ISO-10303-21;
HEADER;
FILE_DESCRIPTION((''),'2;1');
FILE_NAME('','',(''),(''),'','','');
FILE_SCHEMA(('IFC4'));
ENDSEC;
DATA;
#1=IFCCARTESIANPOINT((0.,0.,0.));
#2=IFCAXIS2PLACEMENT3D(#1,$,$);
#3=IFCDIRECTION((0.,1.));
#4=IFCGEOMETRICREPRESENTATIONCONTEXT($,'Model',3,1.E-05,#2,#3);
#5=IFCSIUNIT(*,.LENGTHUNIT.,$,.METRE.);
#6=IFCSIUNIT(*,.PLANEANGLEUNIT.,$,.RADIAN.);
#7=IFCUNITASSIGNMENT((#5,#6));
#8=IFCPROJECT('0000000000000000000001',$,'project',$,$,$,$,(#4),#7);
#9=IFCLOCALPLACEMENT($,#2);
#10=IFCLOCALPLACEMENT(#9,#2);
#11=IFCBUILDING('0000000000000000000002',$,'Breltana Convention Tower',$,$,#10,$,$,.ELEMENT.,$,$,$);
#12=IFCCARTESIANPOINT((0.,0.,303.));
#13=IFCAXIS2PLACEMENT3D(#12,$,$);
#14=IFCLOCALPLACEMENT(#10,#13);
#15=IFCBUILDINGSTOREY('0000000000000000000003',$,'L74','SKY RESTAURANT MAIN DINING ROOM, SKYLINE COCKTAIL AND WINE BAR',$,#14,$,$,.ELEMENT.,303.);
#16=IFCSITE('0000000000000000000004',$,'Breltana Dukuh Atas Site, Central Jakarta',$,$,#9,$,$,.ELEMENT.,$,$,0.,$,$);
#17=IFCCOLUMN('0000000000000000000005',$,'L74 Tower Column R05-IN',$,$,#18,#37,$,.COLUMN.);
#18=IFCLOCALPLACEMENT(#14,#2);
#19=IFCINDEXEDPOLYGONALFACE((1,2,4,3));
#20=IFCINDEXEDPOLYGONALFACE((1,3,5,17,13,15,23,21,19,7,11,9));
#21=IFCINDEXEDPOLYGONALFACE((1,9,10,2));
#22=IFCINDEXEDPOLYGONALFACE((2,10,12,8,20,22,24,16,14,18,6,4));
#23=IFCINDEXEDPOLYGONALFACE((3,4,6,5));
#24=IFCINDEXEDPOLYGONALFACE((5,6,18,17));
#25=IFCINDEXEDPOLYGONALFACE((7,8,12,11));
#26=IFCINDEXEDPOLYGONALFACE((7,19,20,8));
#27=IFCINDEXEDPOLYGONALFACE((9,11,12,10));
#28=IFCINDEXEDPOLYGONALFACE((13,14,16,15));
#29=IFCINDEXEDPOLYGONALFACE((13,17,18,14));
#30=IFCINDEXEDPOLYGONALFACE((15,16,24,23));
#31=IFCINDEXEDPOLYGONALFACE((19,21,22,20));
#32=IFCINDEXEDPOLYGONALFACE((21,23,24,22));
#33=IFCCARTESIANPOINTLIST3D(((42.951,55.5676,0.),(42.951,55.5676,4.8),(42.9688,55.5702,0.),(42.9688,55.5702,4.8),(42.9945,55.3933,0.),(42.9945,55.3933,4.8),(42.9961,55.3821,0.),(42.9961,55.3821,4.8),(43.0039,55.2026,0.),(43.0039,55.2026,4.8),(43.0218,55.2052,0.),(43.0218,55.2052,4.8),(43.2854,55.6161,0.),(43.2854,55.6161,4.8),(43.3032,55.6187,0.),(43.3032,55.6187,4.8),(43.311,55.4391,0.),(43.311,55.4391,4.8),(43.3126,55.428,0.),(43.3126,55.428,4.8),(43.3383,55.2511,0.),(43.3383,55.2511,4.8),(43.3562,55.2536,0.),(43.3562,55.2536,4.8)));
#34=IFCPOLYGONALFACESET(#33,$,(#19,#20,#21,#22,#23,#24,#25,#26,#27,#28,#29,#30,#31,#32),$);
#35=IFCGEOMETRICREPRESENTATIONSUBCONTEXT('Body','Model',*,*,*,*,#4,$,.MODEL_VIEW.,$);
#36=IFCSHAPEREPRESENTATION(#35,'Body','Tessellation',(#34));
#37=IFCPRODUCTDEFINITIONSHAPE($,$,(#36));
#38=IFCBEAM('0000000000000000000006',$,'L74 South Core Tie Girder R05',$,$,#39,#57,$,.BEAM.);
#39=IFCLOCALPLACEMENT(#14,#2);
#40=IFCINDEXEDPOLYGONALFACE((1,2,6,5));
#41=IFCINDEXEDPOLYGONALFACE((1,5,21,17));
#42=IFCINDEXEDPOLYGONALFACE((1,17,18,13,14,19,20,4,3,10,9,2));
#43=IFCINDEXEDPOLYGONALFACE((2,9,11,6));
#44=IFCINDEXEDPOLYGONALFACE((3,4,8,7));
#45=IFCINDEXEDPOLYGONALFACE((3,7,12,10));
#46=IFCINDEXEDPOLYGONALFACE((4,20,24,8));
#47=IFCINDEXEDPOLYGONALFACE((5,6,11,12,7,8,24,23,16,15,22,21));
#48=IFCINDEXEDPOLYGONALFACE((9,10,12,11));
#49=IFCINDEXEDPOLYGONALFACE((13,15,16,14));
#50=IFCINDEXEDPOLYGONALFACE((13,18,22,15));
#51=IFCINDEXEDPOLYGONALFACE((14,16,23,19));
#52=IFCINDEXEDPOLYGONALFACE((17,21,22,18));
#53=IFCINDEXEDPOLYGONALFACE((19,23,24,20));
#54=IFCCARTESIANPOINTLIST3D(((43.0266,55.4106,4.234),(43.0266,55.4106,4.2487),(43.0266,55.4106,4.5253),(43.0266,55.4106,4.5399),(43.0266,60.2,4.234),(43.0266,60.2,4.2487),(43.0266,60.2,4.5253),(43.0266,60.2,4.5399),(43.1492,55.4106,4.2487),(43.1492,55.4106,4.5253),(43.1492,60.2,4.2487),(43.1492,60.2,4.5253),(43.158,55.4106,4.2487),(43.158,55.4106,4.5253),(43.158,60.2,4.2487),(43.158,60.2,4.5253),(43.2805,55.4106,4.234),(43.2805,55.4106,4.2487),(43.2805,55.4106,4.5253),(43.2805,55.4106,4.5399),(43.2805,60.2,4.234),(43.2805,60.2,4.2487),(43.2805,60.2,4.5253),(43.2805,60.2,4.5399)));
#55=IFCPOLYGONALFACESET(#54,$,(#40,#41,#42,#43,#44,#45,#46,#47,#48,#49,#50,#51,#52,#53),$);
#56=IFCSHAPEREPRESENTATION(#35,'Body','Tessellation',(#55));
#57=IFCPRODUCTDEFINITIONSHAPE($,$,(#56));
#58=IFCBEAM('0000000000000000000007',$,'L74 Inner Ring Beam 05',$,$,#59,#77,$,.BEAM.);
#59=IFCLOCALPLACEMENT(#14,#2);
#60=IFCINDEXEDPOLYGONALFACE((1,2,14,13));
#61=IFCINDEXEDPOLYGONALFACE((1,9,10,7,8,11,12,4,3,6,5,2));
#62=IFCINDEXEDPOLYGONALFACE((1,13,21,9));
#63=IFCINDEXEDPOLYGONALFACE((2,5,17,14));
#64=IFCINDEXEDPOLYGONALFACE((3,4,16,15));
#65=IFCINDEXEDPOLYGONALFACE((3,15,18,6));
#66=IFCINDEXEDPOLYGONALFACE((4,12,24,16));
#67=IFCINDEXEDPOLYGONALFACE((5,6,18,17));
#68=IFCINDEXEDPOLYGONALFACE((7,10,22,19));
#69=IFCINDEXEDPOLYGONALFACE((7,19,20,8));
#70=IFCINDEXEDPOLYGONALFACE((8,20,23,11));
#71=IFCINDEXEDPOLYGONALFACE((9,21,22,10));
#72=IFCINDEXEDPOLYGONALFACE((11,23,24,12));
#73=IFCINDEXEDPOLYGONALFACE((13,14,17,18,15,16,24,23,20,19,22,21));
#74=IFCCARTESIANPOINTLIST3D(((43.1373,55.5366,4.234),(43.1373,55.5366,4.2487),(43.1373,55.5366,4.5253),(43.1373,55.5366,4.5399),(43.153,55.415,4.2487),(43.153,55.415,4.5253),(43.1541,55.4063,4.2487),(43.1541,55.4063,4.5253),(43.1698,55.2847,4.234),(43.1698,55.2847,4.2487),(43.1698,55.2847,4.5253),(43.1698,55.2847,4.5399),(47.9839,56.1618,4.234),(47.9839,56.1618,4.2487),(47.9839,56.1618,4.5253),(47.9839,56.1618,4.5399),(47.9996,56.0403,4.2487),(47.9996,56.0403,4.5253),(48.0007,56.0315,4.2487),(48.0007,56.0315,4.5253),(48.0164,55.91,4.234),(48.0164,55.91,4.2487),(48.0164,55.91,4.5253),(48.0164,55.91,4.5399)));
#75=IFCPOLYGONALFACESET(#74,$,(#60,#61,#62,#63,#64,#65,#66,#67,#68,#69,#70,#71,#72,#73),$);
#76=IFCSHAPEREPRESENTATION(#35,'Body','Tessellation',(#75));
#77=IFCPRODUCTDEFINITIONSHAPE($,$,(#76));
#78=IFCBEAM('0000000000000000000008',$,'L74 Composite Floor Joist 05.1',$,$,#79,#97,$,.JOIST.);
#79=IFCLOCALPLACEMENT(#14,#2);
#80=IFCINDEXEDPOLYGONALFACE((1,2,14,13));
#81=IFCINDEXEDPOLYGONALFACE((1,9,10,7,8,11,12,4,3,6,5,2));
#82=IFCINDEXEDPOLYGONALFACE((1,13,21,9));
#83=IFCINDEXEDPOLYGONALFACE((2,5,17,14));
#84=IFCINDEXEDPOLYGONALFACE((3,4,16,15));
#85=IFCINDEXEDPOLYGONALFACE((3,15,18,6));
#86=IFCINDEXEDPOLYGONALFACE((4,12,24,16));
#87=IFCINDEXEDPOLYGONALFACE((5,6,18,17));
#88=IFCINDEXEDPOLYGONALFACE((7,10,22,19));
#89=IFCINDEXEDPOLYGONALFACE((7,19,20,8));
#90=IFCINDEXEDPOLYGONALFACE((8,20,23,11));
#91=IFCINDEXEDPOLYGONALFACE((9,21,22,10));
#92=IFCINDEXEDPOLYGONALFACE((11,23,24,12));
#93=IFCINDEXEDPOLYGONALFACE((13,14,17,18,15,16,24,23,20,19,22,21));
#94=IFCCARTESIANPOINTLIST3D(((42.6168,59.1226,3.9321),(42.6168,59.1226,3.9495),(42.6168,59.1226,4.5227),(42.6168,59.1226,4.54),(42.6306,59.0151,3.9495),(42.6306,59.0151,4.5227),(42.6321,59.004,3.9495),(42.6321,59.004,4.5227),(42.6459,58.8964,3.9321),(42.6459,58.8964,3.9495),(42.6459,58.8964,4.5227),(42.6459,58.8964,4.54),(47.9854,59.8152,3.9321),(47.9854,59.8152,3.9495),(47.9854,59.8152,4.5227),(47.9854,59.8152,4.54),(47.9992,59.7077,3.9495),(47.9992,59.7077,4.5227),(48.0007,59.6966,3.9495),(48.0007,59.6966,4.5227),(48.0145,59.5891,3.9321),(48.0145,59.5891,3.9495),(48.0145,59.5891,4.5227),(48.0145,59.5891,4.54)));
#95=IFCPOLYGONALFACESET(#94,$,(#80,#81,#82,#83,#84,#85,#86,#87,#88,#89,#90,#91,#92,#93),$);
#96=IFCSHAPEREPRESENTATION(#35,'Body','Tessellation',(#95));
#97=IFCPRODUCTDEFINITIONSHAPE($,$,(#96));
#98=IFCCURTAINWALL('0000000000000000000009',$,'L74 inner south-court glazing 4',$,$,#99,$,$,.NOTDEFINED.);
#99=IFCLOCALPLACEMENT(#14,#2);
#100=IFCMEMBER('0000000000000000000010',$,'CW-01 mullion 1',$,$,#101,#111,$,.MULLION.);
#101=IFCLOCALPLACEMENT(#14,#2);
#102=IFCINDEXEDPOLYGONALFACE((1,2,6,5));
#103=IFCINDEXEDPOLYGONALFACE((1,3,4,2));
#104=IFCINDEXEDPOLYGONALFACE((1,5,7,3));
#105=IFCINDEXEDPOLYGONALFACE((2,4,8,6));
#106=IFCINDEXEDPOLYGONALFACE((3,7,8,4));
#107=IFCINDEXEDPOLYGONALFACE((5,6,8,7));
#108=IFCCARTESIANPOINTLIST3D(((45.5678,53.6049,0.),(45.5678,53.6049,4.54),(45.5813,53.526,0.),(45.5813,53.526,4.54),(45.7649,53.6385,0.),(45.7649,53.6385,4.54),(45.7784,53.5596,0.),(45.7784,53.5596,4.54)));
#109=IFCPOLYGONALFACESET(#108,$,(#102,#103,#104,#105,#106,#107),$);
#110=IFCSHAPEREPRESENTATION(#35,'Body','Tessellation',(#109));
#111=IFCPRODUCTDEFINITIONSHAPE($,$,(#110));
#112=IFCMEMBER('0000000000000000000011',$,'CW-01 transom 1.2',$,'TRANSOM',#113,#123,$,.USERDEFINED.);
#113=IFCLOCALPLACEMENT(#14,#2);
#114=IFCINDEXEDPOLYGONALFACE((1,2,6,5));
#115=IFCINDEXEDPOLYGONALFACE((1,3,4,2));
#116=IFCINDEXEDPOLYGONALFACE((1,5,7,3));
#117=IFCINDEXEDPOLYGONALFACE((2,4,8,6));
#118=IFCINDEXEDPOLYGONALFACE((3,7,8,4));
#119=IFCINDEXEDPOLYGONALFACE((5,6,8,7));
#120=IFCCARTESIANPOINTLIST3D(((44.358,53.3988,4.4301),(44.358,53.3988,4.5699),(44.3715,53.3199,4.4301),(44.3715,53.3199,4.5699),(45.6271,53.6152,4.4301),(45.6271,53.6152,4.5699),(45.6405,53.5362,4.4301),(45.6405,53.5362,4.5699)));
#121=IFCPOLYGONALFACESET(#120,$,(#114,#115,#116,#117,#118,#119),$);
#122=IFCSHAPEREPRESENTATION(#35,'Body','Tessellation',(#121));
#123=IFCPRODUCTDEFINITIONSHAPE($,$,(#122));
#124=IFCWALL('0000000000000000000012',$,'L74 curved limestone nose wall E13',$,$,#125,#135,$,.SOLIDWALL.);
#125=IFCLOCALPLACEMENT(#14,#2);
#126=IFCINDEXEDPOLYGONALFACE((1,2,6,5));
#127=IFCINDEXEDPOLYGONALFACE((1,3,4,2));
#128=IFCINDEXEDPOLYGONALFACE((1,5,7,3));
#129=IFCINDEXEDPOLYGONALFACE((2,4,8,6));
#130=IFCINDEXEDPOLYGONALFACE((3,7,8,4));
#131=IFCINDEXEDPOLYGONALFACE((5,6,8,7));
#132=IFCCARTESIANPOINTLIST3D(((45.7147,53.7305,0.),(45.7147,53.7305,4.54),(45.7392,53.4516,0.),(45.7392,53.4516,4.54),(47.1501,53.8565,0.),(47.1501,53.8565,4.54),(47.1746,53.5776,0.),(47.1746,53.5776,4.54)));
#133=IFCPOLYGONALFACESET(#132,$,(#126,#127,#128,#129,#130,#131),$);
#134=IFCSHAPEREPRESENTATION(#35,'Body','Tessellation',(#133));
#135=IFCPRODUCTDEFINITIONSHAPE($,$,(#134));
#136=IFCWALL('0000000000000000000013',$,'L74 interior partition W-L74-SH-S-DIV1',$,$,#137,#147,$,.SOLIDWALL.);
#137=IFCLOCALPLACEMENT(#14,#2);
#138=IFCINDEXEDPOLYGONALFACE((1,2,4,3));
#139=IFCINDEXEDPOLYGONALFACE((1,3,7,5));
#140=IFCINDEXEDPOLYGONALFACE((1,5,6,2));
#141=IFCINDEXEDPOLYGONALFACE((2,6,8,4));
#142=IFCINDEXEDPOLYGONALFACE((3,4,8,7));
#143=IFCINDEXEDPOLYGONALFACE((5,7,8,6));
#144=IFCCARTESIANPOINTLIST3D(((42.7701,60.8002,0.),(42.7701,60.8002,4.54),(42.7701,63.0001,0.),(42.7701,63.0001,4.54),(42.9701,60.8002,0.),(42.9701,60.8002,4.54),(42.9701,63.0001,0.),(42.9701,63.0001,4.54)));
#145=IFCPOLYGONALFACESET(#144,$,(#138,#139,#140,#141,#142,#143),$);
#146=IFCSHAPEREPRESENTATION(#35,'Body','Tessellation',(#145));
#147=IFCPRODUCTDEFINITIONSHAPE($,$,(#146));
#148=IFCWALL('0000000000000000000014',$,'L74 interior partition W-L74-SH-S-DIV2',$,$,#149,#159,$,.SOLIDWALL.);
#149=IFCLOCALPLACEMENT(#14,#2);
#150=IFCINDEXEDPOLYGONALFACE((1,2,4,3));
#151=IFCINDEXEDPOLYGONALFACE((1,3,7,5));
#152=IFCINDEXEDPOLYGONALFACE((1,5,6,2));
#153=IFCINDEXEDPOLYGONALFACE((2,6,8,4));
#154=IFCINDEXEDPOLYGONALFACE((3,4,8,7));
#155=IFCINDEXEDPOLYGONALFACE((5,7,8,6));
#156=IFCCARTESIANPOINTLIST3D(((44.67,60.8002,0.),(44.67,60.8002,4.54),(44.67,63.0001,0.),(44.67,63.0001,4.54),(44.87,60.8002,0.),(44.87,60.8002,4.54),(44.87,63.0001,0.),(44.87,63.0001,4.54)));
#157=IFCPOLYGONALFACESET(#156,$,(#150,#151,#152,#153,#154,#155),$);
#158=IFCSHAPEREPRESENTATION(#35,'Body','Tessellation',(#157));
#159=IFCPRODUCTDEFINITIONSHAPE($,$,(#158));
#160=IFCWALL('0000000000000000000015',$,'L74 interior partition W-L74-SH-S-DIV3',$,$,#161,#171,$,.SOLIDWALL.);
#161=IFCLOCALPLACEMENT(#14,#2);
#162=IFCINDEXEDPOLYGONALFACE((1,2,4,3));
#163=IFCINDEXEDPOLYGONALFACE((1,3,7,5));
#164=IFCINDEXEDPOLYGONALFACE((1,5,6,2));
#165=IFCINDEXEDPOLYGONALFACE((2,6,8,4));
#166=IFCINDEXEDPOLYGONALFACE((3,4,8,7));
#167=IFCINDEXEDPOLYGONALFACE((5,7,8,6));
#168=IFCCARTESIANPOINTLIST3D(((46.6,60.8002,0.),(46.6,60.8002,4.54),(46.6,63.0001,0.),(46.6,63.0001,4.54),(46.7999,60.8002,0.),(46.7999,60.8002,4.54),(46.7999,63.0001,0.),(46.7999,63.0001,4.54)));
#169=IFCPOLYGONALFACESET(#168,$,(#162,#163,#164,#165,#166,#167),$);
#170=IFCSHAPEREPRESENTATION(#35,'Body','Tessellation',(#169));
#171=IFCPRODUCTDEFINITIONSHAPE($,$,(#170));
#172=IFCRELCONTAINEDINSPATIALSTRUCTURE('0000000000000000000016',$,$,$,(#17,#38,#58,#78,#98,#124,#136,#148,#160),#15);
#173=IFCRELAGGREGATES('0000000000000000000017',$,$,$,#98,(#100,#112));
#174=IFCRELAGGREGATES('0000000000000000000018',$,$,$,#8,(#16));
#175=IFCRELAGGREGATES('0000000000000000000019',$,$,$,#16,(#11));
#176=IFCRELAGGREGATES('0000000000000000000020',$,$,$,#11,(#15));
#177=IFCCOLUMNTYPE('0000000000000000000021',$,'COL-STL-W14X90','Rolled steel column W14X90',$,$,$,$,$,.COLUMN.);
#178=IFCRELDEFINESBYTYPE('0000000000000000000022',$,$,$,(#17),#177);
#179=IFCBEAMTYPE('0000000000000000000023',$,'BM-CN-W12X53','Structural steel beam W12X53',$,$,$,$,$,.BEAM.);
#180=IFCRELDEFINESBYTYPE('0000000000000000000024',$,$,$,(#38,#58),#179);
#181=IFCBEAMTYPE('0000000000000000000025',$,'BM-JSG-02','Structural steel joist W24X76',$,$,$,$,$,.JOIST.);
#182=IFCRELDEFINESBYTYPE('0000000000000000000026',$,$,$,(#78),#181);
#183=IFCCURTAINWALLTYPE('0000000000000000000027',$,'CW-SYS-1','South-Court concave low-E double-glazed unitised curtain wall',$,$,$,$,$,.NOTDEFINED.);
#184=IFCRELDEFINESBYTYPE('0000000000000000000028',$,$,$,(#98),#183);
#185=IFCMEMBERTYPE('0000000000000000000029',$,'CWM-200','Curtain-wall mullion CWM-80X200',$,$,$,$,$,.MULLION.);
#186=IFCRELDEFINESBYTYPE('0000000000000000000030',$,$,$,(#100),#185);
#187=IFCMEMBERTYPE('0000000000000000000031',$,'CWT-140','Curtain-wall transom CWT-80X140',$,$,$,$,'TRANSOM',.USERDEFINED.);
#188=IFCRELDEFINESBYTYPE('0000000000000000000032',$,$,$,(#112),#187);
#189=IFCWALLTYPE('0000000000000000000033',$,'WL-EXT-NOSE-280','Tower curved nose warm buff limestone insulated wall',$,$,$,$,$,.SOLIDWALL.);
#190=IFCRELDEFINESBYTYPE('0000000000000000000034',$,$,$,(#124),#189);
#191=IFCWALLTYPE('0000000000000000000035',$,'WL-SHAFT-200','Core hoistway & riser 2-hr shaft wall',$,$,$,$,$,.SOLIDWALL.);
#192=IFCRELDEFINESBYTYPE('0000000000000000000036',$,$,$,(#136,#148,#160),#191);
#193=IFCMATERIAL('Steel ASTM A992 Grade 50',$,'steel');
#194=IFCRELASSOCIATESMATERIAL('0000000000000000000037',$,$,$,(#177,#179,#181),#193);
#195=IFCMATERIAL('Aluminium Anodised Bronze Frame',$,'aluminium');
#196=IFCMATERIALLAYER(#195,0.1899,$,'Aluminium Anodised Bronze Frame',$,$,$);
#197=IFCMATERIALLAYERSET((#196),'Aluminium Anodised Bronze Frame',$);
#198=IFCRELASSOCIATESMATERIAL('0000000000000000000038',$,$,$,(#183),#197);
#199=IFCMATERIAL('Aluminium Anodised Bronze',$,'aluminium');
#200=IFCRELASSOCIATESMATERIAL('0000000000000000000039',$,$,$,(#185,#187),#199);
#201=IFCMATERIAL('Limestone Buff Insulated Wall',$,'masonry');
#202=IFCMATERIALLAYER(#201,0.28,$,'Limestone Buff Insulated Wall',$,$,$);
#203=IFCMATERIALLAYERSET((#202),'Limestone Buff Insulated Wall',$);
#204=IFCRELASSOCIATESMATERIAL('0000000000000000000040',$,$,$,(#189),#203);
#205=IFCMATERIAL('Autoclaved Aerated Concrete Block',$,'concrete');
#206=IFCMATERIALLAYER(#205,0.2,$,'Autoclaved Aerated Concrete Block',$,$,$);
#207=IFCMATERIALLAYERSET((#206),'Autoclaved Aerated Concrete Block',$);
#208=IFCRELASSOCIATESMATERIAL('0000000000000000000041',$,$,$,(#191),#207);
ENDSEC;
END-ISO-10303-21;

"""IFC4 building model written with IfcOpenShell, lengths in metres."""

from ifc_helpers import new_model, si_unit, direction, frame, frame_2d, origin, origin_2d, place, context, subcontext, project, spatial, rectangle, i_section, extrude, source, transform, mapped, material, layer, layer_set, material_profile, profile_set, type_object, type_shapes, element, aggregate, save


model = new_model("IFC4")

# Units and contexts
model_context = context("Model", 3, precision=1e-05, world=origin(), true_north=direction((0.0, 1.0)))
body_context = subcontext(model_context, "Body", "Model", "MODEL_VIEW")
ifc_project = project(units=[si_unit("LENGTHUNIT", "METRE"), si_unit("PLANEANGLEUNIT", "RADIAN")], contexts=[model_context])

# Site, building, storey
site_placement = place(None, origin())
site = spatial("IfcSite", under=ifc_project, at=site_placement, Name="Breltana Dukuh Atas Site, Central Jakarta", CompositionType="ELEMENT", RefElevation=0.0)
building_placement = place(site_placement, origin())
building = spatial("IfcBuilding", under=site, at=building_placement, Name="Breltana Convention Tower", CompositionType="ELEMENT")
storey_placement = place(building_placement, frame((0.0, 0.0, 303.0)))
storey = spatial("IfcBuildingStorey", under=building, at=storey_placement, Name="L74", Description="SKY RESTAURANT MAIN DINING ROOM, SKYLINE COCKTAIL AND WINE BAR", CompositionType="ELEMENT", Elevation=303.0)

# Column
ifc_material_1 = material(Name="Steel ASTM A992 Grade 50", Category="steel")
ifc_material_profile_1 = material_profile(ifc_material_1, i_section(OverallWidth=0.3689, OverallDepth=0.356, WebThickness=0.0112, FlangeThickness=0.0181, at=origin_2d()), Name="W14X90")
ifc_profile_set_1 = profile_set([ifc_material_profile_1], Name="Steel ASTM A992 Grade 50")
column_type = type_object("IfcColumnType", Name="COL-STL-W14X90", Description="Rolled steel column W14X90", PredefinedType="COLUMN", material=ifc_profile_set_1)
shared_shape_1 = source(origin(), body_context, "Body", "SweptSolid", [
    extrude(i_section(OverallWidth=0.3689, OverallDepth=0.356, WebThickness=0.0112, FlangeThickness=0.0181, at=origin_2d()), origin(), (0.0, 0.0, 1.0), 4.8),
])
type_shapes(column_type, [shared_shape_1])
column_placement = place(storey_placement, frame((43.1536, 55.4106, 0.0), z_axis=(0.0, 0.0, 1.0), x_axis=(-0.143493, 0.989651, 0.0)))
element("IfcColumn", 1, at=column_placement, inside=storey, type_object=column_type, Name="L74 Tower Column R05-IN", PredefinedType="COLUMN", context=body_context, shape_type="MappedRepresentation", body=[
    mapped(shared_shape_1, transform((0.0, 0.0, 0.0), scale=1.0)),
])

# Beams
ifc_material_profile_2 = material_profile(ifc_material_1, i_section(OverallWidth=0.2539, OverallDepth=0.3059, WebThickness=0.0088, FlangeThickness=0.0146, at=origin_2d()), Name="W12X53")
ifc_profile_set_2 = profile_set([ifc_material_profile_2], Name="Steel ASTM A992 Grade 50")
beam_type_1 = type_object("IfcBeamType", Name="BM-CN-W12X53", Description="Structural steel beam W12X53", PredefinedType="BEAM", material=ifc_profile_set_2)
shared_shape_2 = source(origin(), body_context, "Body", "SweptSolid", [
    extrude(i_section(OverallWidth=0.2539, OverallDepth=0.3059, WebThickness=0.0088, FlangeThickness=0.0146, at=origin_2d()), origin(), (0.0, 0.0, 1.0), 4.7893),
])
beam_1_placement = place(storey_placement, frame((43.1536, 60.2, 4.387), z_axis=(0.0, -1.0, 0.0), x_axis=(1.0, 0.0, 0.0)))
element("IfcBeam", 2, at=beam_1_placement, inside=storey, type_object=beam_type_1, Name="L74 South Core Tie Girder R05", PredefinedType="BEAM", context=body_context, shape_type="MappedRepresentation", body=[
    mapped(shared_shape_2, transform((0.0, 0.0, 0.0), scale=1.0)),
])
shared_shape_3 = source(origin(), body_context, "Body", "SweptSolid", [
    extrude(i_section(OverallWidth=0.2539, OverallDepth=0.3059, WebThickness=0.0088, FlangeThickness=0.0146, at=origin_2d()), origin(), (0.0, 0.0, 1.0), 4.8867),
])
beam_2_placement = place(storey_placement, frame((43.1536, 55.4106, 4.387), z_axis=(0.991781, 0.127951, 0.0), x_axis=(-0.127951, 0.991781, 0.0)))
element("IfcBeam", 3, at=beam_2_placement, inside=storey, type_object=beam_type_1, Name="L74 Inner Ring Beam 05", PredefinedType="BEAM", context=body_context, shape_type="MappedRepresentation", body=[
    mapped(shared_shape_3, transform((0.0, 0.0, 0.0), scale=1.0)),
])
ifc_material_profile_3 = material_profile(ifc_material_1, i_section(OverallWidth=0.228, OverallDepth=0.6079, WebThickness=0.0112, FlangeThickness=0.0173, at=origin_2d()), Name="W24X76")
ifc_profile_set_3 = profile_set([ifc_material_profile_3], Name="Steel ASTM A992 Grade 50")
beam_type_2 = type_object("IfcBeamType", Name="BM-JSG-02", Description="Structural steel joist W24X76", PredefinedType="JOIST", material=ifc_profile_set_3)
shared_shape_4 = source(origin(), body_context, "Body", "SweptSolid", [
    extrude(i_section(OverallWidth=0.228, OverallDepth=0.6079, WebThickness=0.0112, FlangeThickness=0.0173, at=origin_2d()), origin(), (0.0, 0.0, 1.0), 5.4131),
])
beam_3_placement = place(storey_placement, frame((42.6313, 59.0095, 4.2361), z_axis=(0.99178, 0.127953, 0.0), x_axis=(-0.127953, 0.99178, 0.0)))
element("IfcBeam", 4, at=beam_3_placement, inside=storey, type_object=beam_type_2, Name="L74 Composite Floor Joist 05.1", PredefinedType="JOIST", context=body_context, shape_type="MappedRepresentation", body=[
    mapped(shared_shape_4, transform((0.0, 0.0, 0.0), scale=1.0)),
])

# Curtain wall, members
ifc_material_2 = material(Name="Aluminium Anodised Bronze Frame", Category="aluminium")
ifc_layer_1 = layer(ifc_material_2, 0.1899, Name="Aluminium Anodised Bronze Frame")
ifc_layer_set_1 = layer_set([ifc_layer_1], Name="Aluminium Anodised Bronze Frame")
curtain_wall_type = type_object("IfcCurtainWallType", Name="CW-SYS-1", Description="South-Court concave low-E double-glazed unitised curtain wall", PredefinedType="NOTDEFINED", material=ifc_layer_set_1)
curtain_wall_placement = place(storey_placement, origin())
curtain_wall = element("IfcCurtainWall", 5, at=curtain_wall_placement, inside=storey, type_object=curtain_wall_type, Name="L74 inner south-court glazing 4", PredefinedType="NOTDEFINED")
ifc_material_3 = material(Name="Aluminium Anodised Bronze", Category="aluminium")
ifc_material_profile_4 = material_profile(ifc_material_3, rectangle(XDim=0.0801, YDim=0.2, at=origin_2d()), Name="CWM-80X200")
ifc_profile_set_4 = profile_set([ifc_material_profile_4], Name="Aluminium Anodised Bronze")
member_type_1 = type_object("IfcMemberType", Name="CWM-200", Description="Curtain-wall mullion CWM-80X200", PredefinedType="MULLION", material=ifc_profile_set_4)
shared_shape_5 = source(origin(), body_context, "Body", "SweptSolid", [
    extrude(rectangle(XDim=0.0801, YDim=0.2, at=origin_2d()), origin(), (0.0, 0.0, 1.0), 4.54),
])
member_1_placement = place(storey_placement, frame((45.6731, 53.5823, 0.0), z_axis=(0.0, 0.0, 1.0), x_axis=(0.168028, -0.985782, 0.0)))
member_1 = element("IfcMember", 6, at=member_1_placement, type_object=member_type_1, Name="CW-01 mullion 1", PredefinedType="MULLION", context=body_context, shape_type="MappedRepresentation", body=[
    mapped(shared_shape_5, transform((0.0, 0.0, 0.0), scale=1.0)),
])
ifc_material_profile_5 = material_profile(ifc_material_3, rectangle(XDim=0.0801, YDim=0.1399, at=origin_2d()), Name="CWT-80X140")
ifc_profile_set_5 = profile_set([ifc_material_profile_5], Name="Aluminium Anodised Bronze")
member_type_2 = type_object("IfcMemberType", Name="CWT-140", Description="Curtain-wall transom CWT-80X140", ElementType="TRANSOM", PredefinedType="USERDEFINED", material=ifc_profile_set_5)
shared_shape_6 = source(origin(), body_context, "Body", "SweptSolid", [
    extrude(rectangle(XDim=0.0801, YDim=0.1399, at=origin_2d()), origin(), (0.0, 0.0, 1.0), 1.2874),
])
member_2_placement = place(storey_placement, frame((45.6338, 53.5757, 4.5), z_axis=(-0.985782, -0.168027, 0.0), x_axis=(0.168027, -0.985782, 0.0)))
member_2 = element("IfcMember", 7, at=member_2_placement, type_object=member_type_2, Name="CW-01 transom 1.2", ObjectType="TRANSOM", PredefinedType="USERDEFINED", context=body_context, shape_type="MappedRepresentation", body=[
    mapped(shared_shape_6, transform((0.0, 0.0, 0.0), scale=1.0)),
])
aggregate(curtain_wall, [member_1, member_2])

# Walls
ifc_material_4 = material(Name="Limestone Buff Insulated Wall", Category="masonry")
ifc_layer_2 = layer(ifc_material_4, 0.28, Name="Limestone Buff Insulated Wall")
ifc_layer_set_2 = layer_set([ifc_layer_2], Name="Limestone Buff Insulated Wall")
wall_type_1 = type_object("IfcWallType", Name="WL-EXT-NOSE-280", Description="Tower curved nose warm buff limestone insulated wall", PredefinedType="SOLIDWALL", material=ifc_layer_set_2)
shared_shape_7 = source(origin(), body_context, "Body", "SweptSolid", [
    extrude(rectangle(XDim=1.4409, YDim=0.28, at=frame_2d((0.7205, 0.0))), origin(), (0.0, 0.0, 1.0), 4.54),
])
wall_1_placement = place(storey_placement, frame((47.1624, 53.717, 0.0), z_axis=(0.0, 0.0, 1.0), x_axis=(-0.99617, -0.087434, 0.0)))
element("IfcWall", 8, at=wall_1_placement, inside=storey, type_object=wall_type_1, Name="L74 curved limestone nose wall E13", PredefinedType="SOLIDWALL", context=body_context, shape_type="MappedRepresentation", body=[
    mapped(shared_shape_7, transform((0.0, 0.0, 0.0), scale=1.0)),
])
ifc_material_5 = material(Name="Autoclaved Aerated Concrete Block", Category="concrete")
ifc_layer_3 = layer(ifc_material_5, 0.2, Name="Autoclaved Aerated Concrete Block")
ifc_layer_set_3 = layer_set([ifc_layer_3], Name="Autoclaved Aerated Concrete Block")
wall_type_2 = type_object("IfcWallType", Name="WL-SHAFT-200", Description="Core hoistway & riser 2-hr shaft wall", PredefinedType="SOLIDWALL", material=ifc_layer_set_3)
shared_shape_8 = source(origin(), body_context, "Body", "SweptSolid", [
    extrude(rectangle(XDim=2.2, YDim=0.2, at=frame_2d((1.1001, 0.0))), origin(), (0.0, 0.0, 1.0), 4.54),
])
for number, where, z_axis, x_axis, name in (
    (9, (42.8701, 60.8, 0.0), (0.0, 0.0, 1.0), (0.0, 1.0, 0.0), "L74 interior partition W-L74-SH-S-DIV1"),
    (10, (44.77, 60.8, 0.0), (0.0, 0.0, 1.0), (0.0, 1.0, 0.0), "L74 interior partition W-L74-SH-S-DIV2"),
    (11, (46.7, 60.8, 0.0), (0.0, 0.0, 1.0), (0.0, 1.0, 0.0), "L74 interior partition W-L74-SH-S-DIV3"),
):
    element("IfcWall", number, at=place(storey_placement, frame(where, z_axis=z_axis, x_axis=x_axis)), inside=storey, type_object=wall_type_2, Name=name, PredefinedType="SOLIDWALL", context=body_context, shape_type="MappedRepresentation", body=[
        mapped(shared_shape_8, transform((0.0, 0.0, 0.0), scale=1.0)),
    ])

save(model, "model.ifc")
